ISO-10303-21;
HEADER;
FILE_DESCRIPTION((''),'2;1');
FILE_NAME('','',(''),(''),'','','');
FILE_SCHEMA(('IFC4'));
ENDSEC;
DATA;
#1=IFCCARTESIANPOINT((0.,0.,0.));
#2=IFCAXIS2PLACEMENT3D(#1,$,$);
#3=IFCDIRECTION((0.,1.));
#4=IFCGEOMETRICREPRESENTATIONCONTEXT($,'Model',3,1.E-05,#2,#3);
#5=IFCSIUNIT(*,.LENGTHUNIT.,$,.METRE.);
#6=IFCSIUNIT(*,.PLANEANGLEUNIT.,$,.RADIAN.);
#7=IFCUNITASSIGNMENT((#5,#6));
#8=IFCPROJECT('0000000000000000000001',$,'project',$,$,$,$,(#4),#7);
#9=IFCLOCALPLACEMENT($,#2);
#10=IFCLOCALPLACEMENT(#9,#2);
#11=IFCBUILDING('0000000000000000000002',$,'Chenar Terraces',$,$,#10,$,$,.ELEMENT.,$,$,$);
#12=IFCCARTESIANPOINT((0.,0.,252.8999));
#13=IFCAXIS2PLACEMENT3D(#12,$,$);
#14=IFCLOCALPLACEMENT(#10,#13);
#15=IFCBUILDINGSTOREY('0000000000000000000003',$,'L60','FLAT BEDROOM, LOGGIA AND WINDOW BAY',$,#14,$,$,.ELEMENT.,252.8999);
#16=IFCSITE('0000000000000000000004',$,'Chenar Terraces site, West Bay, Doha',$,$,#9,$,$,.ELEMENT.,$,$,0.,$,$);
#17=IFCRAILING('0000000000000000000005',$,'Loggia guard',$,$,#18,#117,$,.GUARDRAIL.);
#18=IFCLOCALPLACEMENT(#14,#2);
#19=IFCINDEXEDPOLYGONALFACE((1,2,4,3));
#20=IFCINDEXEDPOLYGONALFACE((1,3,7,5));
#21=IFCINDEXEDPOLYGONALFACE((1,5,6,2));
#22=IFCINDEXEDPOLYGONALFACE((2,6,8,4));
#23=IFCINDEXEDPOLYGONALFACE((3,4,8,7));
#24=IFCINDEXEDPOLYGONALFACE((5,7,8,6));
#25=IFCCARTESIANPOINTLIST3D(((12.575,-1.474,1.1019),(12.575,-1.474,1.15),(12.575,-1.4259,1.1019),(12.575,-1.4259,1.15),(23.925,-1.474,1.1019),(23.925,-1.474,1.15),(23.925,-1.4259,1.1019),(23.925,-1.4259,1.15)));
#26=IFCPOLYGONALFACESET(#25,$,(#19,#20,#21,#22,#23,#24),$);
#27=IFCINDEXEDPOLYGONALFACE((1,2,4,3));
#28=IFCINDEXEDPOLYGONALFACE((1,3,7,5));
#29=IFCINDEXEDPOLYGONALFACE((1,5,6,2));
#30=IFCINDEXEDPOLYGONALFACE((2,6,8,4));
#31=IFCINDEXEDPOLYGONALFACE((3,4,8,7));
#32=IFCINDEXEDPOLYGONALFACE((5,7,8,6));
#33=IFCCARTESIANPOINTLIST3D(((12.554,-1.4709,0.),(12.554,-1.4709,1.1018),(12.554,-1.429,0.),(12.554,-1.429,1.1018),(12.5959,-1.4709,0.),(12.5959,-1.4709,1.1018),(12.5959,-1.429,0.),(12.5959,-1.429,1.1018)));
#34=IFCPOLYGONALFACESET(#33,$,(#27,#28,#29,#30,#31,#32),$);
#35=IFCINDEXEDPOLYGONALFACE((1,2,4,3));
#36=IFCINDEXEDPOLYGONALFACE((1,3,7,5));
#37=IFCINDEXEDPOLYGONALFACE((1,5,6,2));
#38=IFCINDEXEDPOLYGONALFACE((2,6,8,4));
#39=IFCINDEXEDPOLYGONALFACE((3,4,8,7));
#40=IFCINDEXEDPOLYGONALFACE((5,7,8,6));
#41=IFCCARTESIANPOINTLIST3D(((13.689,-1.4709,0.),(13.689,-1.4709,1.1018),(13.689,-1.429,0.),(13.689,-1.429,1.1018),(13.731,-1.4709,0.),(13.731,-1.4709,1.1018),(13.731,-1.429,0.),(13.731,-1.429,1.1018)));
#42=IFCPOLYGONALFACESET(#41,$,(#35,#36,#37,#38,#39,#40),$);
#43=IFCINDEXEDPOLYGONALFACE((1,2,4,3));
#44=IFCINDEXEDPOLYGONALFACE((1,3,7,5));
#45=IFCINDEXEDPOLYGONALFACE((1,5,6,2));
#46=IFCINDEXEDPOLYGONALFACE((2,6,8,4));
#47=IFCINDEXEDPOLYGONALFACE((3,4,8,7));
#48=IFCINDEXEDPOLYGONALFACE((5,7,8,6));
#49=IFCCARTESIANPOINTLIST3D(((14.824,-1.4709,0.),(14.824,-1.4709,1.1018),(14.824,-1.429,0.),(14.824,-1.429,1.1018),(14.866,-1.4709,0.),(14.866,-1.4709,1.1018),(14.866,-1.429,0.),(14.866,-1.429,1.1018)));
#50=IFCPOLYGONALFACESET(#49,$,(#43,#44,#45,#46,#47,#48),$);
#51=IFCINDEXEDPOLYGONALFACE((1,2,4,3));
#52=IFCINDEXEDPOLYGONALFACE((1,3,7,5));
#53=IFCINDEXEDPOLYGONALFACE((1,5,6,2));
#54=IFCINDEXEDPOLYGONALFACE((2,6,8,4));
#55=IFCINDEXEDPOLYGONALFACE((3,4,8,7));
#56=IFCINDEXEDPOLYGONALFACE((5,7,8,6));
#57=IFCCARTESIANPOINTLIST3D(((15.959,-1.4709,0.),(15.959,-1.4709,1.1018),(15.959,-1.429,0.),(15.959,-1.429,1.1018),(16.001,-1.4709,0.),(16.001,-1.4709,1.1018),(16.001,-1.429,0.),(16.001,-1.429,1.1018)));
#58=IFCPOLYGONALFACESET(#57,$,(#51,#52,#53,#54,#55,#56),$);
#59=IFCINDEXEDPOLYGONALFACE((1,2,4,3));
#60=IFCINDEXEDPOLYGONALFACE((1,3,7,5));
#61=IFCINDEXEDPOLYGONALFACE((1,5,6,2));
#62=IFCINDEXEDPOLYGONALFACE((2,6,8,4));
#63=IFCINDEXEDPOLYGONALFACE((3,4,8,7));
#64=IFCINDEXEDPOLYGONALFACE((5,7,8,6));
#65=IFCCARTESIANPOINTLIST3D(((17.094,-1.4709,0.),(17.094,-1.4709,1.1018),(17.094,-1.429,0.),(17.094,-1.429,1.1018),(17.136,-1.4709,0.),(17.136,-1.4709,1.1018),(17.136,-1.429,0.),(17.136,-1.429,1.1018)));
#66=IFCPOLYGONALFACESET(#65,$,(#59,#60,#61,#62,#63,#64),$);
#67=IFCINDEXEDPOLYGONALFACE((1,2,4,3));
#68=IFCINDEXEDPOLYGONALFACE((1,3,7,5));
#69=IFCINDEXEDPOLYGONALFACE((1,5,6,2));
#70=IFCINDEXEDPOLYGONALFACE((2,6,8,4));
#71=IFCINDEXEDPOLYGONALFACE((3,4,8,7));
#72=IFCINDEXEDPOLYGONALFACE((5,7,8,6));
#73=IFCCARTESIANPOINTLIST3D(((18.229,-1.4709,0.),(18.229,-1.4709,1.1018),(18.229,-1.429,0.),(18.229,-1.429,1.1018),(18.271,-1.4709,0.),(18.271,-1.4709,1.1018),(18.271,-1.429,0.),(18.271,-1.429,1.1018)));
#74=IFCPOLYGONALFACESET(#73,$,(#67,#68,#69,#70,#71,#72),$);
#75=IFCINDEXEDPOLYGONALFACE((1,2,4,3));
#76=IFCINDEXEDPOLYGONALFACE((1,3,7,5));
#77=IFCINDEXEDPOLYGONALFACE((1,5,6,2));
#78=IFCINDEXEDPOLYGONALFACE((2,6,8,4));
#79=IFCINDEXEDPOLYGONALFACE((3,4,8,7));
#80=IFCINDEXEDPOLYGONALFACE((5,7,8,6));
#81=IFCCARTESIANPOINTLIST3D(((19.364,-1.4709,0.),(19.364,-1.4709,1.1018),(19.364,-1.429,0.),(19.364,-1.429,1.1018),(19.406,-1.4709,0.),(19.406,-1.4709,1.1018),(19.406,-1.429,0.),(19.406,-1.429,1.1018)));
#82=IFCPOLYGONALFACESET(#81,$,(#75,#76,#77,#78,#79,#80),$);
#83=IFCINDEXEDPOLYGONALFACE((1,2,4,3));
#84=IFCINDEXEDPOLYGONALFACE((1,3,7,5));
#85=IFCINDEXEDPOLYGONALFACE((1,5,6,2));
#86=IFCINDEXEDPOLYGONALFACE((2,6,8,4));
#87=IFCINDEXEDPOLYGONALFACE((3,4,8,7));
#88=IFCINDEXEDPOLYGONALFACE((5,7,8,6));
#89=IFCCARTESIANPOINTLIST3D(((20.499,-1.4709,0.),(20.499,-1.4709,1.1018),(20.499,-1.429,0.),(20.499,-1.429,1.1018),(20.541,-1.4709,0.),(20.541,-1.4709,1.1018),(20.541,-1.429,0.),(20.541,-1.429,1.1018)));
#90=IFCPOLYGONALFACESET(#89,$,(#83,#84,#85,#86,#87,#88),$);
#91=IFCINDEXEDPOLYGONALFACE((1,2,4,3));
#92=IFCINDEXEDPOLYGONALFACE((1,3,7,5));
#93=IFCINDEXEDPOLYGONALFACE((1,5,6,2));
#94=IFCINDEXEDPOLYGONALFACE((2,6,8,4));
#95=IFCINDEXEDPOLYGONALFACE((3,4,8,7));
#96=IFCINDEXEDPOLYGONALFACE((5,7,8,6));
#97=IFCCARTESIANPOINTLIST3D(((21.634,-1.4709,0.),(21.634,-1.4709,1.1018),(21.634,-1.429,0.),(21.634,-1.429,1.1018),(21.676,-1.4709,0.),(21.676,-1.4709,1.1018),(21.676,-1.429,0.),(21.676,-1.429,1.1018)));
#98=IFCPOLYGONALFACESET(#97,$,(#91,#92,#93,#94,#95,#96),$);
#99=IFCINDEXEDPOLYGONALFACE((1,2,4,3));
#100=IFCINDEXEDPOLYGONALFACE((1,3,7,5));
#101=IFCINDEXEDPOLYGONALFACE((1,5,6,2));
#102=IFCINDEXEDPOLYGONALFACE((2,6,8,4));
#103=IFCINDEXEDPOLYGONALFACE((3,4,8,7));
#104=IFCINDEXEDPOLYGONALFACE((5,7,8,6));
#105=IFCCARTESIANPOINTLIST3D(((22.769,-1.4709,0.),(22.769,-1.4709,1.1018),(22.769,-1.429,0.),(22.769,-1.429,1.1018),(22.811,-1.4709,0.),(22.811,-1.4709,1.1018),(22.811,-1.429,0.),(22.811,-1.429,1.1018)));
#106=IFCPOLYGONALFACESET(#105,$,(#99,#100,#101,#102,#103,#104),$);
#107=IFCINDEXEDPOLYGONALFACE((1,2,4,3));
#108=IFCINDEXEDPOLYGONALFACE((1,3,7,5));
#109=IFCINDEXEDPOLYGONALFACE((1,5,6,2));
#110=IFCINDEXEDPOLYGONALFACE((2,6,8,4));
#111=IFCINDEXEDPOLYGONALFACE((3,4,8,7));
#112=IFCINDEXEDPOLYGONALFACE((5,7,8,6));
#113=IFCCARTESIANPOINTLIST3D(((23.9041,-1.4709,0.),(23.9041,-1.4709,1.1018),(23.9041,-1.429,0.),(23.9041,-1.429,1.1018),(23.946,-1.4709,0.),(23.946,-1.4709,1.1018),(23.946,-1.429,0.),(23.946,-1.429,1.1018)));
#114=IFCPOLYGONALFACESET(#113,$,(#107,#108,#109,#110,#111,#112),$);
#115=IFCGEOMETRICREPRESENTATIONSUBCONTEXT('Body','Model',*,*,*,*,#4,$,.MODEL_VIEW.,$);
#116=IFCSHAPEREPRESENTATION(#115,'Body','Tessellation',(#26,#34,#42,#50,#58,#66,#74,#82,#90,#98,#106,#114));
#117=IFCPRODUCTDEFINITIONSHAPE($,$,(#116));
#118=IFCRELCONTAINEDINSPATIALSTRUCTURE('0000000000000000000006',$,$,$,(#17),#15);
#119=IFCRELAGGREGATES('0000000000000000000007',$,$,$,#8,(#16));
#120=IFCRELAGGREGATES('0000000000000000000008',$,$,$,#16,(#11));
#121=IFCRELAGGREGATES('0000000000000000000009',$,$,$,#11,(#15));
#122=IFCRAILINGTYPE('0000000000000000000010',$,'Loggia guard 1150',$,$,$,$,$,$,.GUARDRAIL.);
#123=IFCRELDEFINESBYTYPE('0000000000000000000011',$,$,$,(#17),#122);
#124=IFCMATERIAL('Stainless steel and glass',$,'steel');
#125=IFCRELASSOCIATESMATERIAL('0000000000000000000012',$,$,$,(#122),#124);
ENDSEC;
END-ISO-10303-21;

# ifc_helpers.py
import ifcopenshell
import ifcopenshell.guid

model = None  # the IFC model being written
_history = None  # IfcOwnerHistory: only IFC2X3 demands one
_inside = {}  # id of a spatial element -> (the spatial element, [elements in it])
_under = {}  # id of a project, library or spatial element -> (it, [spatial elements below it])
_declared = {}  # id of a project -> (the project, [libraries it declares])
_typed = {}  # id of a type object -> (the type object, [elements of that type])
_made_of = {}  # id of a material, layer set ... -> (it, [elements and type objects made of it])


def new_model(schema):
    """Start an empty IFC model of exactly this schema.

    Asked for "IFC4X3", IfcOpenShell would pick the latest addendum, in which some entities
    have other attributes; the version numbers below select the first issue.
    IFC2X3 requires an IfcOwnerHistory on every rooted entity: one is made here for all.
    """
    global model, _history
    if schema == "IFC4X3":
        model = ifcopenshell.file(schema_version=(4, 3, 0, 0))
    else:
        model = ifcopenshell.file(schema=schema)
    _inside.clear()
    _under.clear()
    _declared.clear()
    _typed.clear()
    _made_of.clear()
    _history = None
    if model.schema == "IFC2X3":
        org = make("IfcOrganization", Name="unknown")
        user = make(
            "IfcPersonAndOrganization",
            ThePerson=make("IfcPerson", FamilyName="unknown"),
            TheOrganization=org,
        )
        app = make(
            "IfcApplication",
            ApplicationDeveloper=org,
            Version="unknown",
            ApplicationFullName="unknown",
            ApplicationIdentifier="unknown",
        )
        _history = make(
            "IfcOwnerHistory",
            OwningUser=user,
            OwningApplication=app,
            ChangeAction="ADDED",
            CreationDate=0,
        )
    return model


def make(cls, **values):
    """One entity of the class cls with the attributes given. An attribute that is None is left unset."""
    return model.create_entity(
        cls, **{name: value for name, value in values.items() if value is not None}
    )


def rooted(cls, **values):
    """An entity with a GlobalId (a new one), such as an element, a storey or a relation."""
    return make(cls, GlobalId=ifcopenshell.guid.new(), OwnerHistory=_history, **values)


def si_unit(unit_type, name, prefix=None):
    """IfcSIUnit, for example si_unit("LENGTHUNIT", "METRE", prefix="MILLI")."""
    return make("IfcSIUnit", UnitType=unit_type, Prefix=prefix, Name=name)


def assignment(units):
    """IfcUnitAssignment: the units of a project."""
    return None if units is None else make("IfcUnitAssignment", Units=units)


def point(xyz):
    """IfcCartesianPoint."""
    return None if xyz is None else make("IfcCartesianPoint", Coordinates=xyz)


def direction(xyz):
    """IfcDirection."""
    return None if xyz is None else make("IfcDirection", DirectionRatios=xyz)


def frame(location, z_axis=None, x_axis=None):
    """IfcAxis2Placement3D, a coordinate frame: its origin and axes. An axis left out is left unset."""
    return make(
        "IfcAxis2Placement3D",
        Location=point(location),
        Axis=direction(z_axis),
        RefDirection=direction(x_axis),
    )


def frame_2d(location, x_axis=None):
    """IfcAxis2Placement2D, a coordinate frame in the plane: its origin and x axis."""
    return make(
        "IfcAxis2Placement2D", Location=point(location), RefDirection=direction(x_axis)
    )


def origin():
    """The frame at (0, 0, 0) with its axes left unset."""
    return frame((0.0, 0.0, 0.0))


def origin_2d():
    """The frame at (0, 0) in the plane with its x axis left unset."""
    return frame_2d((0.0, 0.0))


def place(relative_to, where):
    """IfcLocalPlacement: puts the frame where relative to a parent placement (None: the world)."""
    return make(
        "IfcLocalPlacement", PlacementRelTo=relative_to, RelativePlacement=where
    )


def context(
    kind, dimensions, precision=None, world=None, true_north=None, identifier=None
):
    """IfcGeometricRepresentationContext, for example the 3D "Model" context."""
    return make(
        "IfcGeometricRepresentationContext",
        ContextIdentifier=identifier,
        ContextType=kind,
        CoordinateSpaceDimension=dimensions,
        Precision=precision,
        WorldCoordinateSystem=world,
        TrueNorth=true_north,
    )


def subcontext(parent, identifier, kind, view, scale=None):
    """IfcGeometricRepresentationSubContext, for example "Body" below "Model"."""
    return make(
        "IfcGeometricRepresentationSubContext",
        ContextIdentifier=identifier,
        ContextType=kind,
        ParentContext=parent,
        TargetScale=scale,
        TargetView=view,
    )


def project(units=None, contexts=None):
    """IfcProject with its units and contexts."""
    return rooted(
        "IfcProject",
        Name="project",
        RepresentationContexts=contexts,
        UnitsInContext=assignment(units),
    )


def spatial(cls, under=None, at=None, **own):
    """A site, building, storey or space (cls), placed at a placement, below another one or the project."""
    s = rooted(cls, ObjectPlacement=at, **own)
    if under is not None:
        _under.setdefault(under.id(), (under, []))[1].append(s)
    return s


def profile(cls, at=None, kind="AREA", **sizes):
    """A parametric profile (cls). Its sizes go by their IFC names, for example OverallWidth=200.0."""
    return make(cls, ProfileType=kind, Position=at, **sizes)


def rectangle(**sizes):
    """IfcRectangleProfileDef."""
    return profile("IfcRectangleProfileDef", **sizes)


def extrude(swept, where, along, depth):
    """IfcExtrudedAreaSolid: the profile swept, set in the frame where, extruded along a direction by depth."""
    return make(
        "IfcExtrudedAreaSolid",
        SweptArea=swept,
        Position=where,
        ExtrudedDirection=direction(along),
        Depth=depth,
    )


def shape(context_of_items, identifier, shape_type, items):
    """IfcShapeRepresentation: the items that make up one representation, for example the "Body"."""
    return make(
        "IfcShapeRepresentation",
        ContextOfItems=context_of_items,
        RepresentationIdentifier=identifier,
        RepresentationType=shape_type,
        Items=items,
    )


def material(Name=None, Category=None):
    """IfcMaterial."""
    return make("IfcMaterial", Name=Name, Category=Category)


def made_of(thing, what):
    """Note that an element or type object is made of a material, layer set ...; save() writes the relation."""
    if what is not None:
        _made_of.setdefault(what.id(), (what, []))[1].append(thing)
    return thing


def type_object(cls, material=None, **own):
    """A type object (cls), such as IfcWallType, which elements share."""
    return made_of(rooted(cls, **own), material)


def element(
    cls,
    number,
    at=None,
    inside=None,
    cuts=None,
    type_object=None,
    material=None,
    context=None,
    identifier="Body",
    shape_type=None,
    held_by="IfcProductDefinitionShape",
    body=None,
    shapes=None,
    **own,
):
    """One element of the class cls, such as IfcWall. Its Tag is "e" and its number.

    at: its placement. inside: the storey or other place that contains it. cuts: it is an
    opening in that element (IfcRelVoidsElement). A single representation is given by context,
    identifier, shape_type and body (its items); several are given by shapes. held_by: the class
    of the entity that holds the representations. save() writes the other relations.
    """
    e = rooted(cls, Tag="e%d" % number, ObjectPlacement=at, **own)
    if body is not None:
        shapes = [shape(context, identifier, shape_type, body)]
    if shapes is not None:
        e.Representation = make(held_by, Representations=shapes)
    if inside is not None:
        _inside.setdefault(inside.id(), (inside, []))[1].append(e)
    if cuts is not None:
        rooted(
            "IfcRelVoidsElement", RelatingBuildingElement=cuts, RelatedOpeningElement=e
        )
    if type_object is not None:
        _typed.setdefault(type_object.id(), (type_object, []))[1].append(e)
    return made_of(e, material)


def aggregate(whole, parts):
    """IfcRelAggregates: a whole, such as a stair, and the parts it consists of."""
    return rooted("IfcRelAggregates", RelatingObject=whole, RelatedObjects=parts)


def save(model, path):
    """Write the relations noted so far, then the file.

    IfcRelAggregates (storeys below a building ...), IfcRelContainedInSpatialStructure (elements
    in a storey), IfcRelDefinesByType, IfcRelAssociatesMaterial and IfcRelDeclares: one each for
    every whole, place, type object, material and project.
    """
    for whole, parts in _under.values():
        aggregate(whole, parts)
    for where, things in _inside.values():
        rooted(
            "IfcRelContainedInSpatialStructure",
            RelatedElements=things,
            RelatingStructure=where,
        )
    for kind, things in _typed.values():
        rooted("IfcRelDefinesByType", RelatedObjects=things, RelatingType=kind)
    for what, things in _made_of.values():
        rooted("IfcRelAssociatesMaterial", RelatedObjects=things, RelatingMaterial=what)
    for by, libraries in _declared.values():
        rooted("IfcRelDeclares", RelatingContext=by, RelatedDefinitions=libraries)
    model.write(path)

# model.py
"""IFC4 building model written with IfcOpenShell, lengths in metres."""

from ifc_helpers import new_model, si_unit, direction, frame, origin, origin_2d, place, context, subcontext, project, spatial, rectangle, extrude, material, type_object, element, save


model = new_model("IFC4")

# Units and contexts
model_context = context("Model", 3, precision=1e-05, world=origin(), true_north=direction((0.0, 1.0)))
body_context = subcontext(model_context, "Body", "Model", "MODEL_VIEW")
ifc_project = project(units=[si_unit("LENGTHUNIT", "METRE"), si_unit("PLANEANGLEUNIT", "RADIAN")], contexts=[model_context])

# Site, building, storey
site_placement = place(None, origin())
site = spatial("IfcSite", under=ifc_project, at=site_placement, Name="Chenar Terraces site, West Bay, Doha", CompositionType="ELEMENT", RefElevation=0.0)
building_placement = place(site_placement, origin())
building = spatial("IfcBuilding", under=site, at=building_placement, Name="Chenar Terraces", CompositionType="ELEMENT")
storey_placement = place(building_placement, frame((0.0, 0.0, 252.8999)))
storey = spatial("IfcBuildingStorey", under=building, at=storey_placement, Name="L60", Description="FLAT BEDROOM, LOGGIA AND WINDOW BAY", CompositionType="ELEMENT", Elevation=252.8999)

# Railing
ifc_material_1 = material(Name="Stainless steel and glass", Category="steel")
railing_type = type_object("IfcRailingType", Name="Loggia guard 1150", PredefinedType="GUARDRAIL", material=ifc_material_1)
railing_placement = place(storey_placement, frame((12.575, -1.45, 0.0)))
element("IfcRailing", 1, at=railing_placement, inside=storey, type_object=railing_type, Name="Loggia guard", PredefinedType="GUARDRAIL", context=body_context, shape_type="SweptSolid", body=[
    extrude(rectangle(XDim=0.0481, YDim=0.0481, at=origin_2d()), frame((0.0, 0.0, 1.126), z_axis=(1.0, 0.0, 0.0), x_axis=(0.0, 1.0, 0.0)), (0.0, 0.0, 1.0), 11.3501),
    extrude(rectangle(XDim=0.042, YDim=0.042, at=origin_2d()), origin(), (0.0, 0.0, 1.0), 1.1018),
    extrude(rectangle(XDim=0.042, YDim=0.042, at=origin_2d()), frame((1.135, 0.0, 0.0)), (0.0, 0.0, 1.0), 1.1018),
    extrude(rectangle(XDim=0.042, YDim=0.042, at=origin_2d()), frame((2.27, 0.0, 0.0)), (0.0, 0.0, 1.0), 1.1018),
    extrude(rectangle(XDim=0.042, YDim=0.042, at=origin_2d()), frame((3.405, 0.0, 0.0)), (0.0, 0.0, 1.0), 1.1018),
    extrude(rectangle(XDim=0.042, YDim=0.042, at=origin_2d()), frame((4.54, 0.0, 0.0)), (0.0, 0.0, 1.0), 1.1018),
    extrude(rectangle(XDim=0.042, YDim=0.042, at=origin_2d()), frame((5.675, 0.0, 0.0)), (0.0, 0.0, 1.0), 1.1018),
    extrude(rectangle(XDim=0.042, YDim=0.042, at=origin_2d()), frame((6.8101, 0.0, 0.0)), (0.0, 0.0, 1.0), 1.1018),
    extrude(rectangle(XDim=0.042, YDim=0.042, at=origin_2d()), frame((7.9451, 0.0, 0.0)), (0.0, 0.0, 1.0), 1.1018),
    extrude(rectangle(XDim=0.042, YDim=0.042, at=origin_2d()), frame((9.0801, 0.0, 0.0)), (0.0, 0.0, 1.0), 1.1018),
    extrude(rectangle(XDim=0.042, YDim=0.042, at=origin_2d()), frame((10.2151, 0.0, 0.0)), (0.0, 0.0, 1.0), 1.1018),
    extrude(rectangle(XDim=0.042, YDim=0.042, at=origin_2d()), frame((11.3501, 0.0, 0.0)), (0.0, 0.0, 1.0), 1.1018),
])

save(model, "model.ifc")
